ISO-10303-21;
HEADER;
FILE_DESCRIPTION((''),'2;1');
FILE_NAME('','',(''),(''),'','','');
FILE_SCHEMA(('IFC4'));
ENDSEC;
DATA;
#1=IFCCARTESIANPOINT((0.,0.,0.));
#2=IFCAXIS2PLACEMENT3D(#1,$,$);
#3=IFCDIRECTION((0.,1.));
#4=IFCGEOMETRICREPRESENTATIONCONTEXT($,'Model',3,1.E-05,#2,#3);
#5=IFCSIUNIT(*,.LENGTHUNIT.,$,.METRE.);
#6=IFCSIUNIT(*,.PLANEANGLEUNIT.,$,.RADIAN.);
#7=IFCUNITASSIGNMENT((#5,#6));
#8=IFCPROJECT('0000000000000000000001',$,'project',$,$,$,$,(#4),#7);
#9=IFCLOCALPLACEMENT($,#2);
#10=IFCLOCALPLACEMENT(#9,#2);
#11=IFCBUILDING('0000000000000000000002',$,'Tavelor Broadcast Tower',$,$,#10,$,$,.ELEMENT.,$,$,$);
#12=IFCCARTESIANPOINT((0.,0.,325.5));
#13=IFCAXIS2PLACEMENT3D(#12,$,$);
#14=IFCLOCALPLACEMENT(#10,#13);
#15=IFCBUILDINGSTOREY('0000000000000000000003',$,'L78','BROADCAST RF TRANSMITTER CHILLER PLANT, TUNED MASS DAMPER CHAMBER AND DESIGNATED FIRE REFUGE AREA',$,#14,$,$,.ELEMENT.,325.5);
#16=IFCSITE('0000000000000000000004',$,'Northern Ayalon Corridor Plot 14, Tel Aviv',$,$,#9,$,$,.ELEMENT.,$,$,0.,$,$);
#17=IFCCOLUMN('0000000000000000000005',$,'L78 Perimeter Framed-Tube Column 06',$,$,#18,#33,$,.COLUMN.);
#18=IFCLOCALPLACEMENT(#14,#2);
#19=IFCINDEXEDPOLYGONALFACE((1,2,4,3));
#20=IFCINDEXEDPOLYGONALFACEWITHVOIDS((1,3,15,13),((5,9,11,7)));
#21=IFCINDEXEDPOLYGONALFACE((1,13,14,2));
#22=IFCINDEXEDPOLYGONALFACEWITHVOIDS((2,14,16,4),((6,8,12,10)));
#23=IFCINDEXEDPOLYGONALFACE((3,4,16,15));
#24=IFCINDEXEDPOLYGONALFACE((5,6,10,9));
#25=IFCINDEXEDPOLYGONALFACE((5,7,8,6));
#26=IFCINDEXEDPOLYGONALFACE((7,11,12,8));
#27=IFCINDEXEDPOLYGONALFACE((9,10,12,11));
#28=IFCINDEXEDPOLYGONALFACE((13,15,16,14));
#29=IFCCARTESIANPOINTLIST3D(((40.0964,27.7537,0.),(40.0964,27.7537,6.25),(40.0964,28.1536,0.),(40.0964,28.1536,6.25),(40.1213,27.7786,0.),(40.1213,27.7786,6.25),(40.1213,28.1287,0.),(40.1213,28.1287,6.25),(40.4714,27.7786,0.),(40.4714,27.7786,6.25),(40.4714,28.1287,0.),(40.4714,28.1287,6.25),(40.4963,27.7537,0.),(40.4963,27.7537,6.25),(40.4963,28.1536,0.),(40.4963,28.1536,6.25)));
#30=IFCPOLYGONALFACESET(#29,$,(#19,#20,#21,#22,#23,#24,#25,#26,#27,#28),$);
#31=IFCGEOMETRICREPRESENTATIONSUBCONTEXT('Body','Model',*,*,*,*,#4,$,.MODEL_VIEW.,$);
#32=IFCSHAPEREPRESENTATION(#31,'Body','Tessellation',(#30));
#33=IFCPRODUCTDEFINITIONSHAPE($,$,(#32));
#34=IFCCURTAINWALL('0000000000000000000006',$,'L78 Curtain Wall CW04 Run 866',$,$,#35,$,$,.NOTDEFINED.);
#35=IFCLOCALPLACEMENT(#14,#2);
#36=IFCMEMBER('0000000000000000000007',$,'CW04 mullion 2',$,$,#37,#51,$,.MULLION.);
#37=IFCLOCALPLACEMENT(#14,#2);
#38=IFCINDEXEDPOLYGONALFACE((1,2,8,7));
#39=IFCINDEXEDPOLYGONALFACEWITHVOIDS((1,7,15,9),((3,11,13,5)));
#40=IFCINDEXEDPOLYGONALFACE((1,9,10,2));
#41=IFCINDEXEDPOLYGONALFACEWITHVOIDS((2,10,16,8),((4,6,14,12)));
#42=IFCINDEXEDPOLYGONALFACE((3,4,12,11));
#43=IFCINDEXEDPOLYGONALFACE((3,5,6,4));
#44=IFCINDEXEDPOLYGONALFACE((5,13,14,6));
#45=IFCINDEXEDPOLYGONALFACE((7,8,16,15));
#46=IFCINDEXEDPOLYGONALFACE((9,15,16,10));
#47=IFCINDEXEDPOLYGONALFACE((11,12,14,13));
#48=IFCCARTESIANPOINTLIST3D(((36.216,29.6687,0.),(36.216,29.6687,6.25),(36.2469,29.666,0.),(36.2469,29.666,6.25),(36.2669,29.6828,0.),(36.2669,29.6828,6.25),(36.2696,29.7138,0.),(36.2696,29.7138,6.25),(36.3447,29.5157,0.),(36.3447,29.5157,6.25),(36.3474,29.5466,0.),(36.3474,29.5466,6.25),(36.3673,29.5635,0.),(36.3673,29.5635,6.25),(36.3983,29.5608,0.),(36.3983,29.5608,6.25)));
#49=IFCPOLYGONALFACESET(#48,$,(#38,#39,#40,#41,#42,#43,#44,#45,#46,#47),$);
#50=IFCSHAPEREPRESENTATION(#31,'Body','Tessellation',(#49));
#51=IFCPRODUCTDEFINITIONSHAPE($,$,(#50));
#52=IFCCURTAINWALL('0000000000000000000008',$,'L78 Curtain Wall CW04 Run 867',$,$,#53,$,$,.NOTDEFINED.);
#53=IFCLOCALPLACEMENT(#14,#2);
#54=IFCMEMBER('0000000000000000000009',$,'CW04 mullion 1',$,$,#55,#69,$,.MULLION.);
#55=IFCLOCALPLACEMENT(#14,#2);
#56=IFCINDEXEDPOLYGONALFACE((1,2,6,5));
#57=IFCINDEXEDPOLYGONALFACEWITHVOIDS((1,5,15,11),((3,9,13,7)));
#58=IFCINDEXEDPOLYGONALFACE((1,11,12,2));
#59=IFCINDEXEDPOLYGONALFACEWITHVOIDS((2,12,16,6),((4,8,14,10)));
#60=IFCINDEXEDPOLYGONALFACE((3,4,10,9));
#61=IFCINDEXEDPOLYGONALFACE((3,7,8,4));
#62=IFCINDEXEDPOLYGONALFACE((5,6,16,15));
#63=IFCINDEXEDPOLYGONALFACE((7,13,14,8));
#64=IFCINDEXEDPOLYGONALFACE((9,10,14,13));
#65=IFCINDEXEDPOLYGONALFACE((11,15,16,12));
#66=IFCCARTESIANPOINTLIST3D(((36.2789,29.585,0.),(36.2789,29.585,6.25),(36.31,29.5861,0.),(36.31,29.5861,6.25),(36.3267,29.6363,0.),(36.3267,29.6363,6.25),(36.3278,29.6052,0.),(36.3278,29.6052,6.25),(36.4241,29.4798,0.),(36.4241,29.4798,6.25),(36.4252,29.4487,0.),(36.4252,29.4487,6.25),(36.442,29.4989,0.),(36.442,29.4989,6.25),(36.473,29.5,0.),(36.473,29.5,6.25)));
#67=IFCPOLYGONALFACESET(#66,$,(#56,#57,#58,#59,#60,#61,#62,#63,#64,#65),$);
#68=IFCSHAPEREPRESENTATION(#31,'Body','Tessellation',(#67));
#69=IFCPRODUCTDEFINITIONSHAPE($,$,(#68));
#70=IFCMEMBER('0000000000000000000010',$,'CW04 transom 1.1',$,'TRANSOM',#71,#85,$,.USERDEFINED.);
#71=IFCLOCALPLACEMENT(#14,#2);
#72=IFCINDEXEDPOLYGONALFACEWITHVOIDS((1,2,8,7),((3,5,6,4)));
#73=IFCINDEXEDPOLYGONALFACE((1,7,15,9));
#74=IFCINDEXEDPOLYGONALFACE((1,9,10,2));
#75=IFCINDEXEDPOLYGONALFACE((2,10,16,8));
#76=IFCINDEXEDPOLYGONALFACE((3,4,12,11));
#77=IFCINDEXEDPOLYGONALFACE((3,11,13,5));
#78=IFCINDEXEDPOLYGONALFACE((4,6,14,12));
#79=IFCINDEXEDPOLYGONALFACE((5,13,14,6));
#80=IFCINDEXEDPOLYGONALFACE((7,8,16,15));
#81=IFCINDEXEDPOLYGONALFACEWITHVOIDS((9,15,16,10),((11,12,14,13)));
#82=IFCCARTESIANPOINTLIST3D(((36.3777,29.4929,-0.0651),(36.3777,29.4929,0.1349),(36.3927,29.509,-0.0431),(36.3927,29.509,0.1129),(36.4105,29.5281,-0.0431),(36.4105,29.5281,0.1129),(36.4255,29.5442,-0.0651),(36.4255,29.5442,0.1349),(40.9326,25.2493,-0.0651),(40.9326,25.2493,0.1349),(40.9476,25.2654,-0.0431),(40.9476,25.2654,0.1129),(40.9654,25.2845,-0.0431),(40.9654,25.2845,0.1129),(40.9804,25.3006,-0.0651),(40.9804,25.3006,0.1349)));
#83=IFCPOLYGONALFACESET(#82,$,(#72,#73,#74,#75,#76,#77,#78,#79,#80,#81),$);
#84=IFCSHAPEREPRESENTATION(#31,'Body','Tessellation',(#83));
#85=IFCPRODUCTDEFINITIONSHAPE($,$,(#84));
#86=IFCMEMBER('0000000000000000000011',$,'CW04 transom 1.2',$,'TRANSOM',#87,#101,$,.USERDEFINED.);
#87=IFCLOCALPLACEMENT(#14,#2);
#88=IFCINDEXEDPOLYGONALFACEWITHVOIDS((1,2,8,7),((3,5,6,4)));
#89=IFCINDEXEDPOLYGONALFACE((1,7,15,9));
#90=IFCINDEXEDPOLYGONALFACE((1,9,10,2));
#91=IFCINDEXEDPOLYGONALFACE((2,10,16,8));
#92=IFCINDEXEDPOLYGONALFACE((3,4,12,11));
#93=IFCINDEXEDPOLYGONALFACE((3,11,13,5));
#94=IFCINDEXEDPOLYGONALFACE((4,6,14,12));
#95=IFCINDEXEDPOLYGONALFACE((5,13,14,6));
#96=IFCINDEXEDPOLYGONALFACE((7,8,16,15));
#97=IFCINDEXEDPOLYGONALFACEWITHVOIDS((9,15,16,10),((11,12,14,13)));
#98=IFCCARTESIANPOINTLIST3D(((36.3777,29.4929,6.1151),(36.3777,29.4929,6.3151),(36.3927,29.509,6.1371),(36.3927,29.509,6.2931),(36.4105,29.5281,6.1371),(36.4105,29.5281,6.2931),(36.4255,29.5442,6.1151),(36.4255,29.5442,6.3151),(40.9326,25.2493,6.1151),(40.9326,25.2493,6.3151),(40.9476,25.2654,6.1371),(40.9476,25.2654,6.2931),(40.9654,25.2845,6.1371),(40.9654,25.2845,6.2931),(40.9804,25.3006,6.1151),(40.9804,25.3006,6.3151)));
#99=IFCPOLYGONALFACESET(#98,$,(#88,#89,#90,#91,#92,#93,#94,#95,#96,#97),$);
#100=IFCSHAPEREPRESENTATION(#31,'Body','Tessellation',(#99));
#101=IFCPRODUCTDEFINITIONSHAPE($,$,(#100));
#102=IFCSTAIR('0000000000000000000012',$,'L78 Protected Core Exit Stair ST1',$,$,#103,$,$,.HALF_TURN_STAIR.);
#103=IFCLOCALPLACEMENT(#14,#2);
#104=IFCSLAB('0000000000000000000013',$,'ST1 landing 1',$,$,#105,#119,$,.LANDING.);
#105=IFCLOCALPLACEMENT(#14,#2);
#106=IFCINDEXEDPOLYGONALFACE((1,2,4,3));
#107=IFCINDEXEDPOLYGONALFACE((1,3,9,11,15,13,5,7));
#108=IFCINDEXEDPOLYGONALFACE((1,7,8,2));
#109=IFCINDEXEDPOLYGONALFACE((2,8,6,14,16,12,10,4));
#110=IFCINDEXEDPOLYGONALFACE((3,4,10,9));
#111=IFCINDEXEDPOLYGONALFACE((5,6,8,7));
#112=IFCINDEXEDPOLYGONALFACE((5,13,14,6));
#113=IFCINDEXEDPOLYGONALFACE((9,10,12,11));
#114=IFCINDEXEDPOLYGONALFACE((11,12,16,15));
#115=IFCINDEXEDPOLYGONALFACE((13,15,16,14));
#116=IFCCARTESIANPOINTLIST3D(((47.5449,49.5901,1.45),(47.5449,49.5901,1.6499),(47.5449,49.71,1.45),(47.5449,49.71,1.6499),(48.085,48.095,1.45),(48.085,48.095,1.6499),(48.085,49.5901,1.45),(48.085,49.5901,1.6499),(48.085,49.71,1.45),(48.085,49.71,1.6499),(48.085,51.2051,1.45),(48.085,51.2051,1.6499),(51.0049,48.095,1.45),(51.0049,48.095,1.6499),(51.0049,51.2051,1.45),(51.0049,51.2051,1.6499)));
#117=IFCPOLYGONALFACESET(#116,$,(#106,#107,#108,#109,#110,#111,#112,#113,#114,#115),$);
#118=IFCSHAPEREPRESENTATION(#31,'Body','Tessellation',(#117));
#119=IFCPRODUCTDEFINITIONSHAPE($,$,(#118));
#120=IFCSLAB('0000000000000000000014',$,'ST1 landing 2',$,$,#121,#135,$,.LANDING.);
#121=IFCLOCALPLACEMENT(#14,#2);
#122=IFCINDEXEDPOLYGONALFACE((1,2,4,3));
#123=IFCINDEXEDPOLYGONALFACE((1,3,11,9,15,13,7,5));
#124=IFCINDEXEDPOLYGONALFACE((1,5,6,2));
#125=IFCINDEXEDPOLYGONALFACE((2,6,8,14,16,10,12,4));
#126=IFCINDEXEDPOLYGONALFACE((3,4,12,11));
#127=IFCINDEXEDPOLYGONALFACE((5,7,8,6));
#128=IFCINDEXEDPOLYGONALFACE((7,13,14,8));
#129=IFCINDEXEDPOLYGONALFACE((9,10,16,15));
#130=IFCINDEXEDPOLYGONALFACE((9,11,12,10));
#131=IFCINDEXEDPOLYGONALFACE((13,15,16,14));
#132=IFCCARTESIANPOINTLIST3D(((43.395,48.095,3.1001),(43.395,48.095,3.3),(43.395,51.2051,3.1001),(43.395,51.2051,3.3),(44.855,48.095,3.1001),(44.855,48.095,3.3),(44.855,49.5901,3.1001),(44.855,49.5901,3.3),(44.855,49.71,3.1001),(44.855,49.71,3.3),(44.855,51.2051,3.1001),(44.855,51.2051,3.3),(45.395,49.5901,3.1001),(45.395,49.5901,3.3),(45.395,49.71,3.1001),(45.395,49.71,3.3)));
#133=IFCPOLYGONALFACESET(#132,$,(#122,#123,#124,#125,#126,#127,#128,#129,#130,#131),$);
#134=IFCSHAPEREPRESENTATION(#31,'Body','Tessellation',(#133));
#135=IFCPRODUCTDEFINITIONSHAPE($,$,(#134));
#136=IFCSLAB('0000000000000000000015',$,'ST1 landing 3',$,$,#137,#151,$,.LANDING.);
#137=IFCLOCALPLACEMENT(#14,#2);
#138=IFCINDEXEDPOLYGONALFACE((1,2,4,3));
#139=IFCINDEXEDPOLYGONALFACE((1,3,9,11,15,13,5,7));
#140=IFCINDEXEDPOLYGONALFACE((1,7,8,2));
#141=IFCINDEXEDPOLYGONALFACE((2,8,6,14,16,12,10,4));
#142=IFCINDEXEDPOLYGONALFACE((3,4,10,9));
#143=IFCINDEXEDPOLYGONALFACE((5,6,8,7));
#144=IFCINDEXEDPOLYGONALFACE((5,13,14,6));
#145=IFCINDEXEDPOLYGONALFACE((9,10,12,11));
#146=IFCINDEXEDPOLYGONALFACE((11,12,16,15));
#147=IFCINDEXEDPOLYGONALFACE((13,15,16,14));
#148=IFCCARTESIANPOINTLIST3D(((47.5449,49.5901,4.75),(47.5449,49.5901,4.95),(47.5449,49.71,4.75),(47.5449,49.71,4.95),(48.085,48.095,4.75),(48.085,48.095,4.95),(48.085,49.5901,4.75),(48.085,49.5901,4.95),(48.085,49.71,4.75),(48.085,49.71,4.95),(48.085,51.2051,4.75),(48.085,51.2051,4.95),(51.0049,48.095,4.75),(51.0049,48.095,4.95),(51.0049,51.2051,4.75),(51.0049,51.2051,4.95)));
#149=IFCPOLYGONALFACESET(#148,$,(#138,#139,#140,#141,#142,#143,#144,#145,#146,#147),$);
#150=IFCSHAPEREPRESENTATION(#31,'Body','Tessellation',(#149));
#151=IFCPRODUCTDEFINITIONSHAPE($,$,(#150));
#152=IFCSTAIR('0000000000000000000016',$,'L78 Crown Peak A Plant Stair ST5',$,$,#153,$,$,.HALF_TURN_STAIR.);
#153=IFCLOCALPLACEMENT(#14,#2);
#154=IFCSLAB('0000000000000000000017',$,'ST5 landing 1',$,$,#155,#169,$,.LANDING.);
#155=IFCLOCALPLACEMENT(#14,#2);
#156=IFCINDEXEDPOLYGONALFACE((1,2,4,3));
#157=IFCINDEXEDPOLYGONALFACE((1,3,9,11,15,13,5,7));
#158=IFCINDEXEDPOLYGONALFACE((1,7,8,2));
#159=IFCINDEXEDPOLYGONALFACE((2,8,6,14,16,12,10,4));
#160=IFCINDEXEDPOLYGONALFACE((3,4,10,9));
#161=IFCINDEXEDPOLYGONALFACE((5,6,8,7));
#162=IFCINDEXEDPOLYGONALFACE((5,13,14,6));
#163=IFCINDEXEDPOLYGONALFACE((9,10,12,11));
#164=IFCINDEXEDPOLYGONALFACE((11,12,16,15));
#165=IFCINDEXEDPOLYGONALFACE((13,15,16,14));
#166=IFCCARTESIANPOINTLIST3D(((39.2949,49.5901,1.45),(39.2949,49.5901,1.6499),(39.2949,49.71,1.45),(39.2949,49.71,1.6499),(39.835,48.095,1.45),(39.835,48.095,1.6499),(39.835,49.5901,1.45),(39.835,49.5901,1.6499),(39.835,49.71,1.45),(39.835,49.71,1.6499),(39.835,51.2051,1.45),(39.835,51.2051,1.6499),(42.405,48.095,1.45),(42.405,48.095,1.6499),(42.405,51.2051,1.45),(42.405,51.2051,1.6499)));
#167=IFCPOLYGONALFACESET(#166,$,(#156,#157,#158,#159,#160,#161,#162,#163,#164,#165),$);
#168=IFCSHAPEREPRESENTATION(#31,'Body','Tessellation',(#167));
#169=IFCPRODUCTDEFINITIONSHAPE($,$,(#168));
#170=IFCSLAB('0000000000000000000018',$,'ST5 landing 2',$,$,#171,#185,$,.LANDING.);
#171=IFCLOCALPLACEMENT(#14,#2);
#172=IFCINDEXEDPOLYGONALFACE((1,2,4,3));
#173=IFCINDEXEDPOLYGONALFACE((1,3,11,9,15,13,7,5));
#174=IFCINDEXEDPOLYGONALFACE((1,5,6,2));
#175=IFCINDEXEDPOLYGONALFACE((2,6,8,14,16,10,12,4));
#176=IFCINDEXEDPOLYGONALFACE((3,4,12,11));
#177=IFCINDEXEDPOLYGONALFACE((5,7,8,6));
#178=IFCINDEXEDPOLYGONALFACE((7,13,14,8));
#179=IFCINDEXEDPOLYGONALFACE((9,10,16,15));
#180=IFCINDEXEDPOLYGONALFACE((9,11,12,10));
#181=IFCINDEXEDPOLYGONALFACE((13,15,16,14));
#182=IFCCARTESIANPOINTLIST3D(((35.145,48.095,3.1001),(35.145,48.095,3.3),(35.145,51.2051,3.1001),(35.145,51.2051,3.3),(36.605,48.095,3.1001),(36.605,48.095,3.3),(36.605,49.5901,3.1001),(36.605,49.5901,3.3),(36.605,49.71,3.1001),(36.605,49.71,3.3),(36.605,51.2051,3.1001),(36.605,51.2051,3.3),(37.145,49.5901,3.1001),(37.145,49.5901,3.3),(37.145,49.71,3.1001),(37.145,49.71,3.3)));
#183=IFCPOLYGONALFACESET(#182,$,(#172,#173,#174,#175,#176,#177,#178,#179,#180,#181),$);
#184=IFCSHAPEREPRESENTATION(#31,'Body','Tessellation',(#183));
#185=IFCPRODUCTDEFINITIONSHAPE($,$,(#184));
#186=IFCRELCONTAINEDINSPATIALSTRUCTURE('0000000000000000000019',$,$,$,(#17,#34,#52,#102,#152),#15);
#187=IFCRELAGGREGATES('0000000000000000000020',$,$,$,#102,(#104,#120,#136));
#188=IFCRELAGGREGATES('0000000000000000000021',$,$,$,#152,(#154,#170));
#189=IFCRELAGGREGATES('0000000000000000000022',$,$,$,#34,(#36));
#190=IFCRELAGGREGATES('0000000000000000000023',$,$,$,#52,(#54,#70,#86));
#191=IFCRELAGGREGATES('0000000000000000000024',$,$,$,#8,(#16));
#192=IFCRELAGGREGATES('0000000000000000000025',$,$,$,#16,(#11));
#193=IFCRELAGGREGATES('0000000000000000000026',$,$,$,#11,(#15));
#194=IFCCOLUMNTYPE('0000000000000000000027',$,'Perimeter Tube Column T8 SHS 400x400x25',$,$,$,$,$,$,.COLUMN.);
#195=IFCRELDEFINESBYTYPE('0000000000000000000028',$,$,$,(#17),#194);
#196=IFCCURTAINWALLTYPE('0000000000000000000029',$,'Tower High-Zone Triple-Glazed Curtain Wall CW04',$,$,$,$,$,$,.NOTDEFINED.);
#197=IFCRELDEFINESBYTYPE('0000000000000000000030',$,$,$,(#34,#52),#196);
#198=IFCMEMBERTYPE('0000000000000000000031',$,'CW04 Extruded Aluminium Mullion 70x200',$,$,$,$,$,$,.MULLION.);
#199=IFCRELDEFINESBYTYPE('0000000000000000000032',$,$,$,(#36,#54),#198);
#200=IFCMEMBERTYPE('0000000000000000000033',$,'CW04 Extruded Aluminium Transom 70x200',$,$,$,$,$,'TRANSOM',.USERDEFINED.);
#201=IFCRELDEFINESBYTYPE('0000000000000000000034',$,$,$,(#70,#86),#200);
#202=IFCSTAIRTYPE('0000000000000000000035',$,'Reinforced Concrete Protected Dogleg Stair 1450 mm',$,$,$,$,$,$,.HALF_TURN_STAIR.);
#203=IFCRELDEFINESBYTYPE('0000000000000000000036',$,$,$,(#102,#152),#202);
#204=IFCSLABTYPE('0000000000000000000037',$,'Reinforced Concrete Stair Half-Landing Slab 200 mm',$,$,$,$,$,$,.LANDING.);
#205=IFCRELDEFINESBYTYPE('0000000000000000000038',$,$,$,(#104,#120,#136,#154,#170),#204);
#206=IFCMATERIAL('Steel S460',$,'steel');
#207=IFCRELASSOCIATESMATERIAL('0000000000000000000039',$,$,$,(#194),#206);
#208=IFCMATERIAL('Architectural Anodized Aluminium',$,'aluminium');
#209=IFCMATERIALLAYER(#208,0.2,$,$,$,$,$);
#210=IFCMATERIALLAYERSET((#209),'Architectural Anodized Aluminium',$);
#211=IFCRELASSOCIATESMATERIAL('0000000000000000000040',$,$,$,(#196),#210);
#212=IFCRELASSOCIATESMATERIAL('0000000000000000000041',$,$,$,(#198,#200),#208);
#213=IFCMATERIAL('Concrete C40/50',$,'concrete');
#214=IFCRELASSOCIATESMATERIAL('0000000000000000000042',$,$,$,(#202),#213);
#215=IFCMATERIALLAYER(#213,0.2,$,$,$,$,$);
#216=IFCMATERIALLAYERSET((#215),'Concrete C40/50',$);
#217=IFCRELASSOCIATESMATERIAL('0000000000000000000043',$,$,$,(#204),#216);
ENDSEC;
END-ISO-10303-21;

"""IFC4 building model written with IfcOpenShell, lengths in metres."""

from ifc_helpers import new_model, si_unit, direction, frame, origin, origin_2d, place, context, subcontext, project, spatial, polyline, hollow_rectangle, outline, extrude, source, transform, mapped, material, layer, layer_set, material_profile, profile_set, type_object, type_shapes, element, aggregate, save


model = new_model("IFC4")

# Units and contexts
model_context = context("Model", 3, precision=1e-05, world=origin(), true_north=direction((0.0, 1.0)))
body_context = subcontext(model_context, "Body", "Model", "MODEL_VIEW")
ifc_project = project(units=[si_unit("LENGTHUNIT", "METRE"), si_unit("PLANEANGLEUNIT", "RADIAN")], contexts=[model_context])

# Site, building, storey
site_placement = place(None, origin())
site = spatial("IfcSite", under=ifc_project, at=site_placement, Name="Northern Ayalon Corridor Plot 14, Tel Aviv", CompositionType="ELEMENT", RefElevation=0.0)
building_placement = place(site_placement, origin())
building = spatial("IfcBuilding", under=site, at=building_placement, Name="Tavelor Broadcast Tower", CompositionType="ELEMENT")
storey_placement = place(building_placement, frame((0.0, 0.0, 325.5)))
storey = spatial("IfcBuildingStorey", under=building, at=storey_placement, Name="L78", Description="BROADCAST RF TRANSMITTER CHILLER PLANT, TUNED MASS DAMPER CHAMBER AND DESIGNATED FIRE REFUGE AREA", CompositionType="ELEMENT", Elevation=325.5)

# Column
ifc_material_1 = material(Name="Steel S460", Category="steel")
ifc_material_profile_1 = material_profile(ifc_material_1, hollow_rectangle(XDim=0.3999, YDim=0.3999, WallThickness=0.0249, at=origin_2d()), Name="SHS 400x400x25")
ifc_profile_set_1 = profile_set([ifc_material_profile_1], Name="Steel S460")
column_type = type_object("IfcColumnType", Name="Perimeter Tube Column T8 SHS 400x400x25", PredefinedType="COLUMN", material=ifc_profile_set_1)
column_placement = place(storey_placement, frame((40.2964, 27.9536, 0.0), z_axis=(0.0, 0.0, 1.0), x_axis=(1.0, 0.0, 0.0)))
element("IfcColumn", 1, at=column_placement, inside=storey, type_object=column_type, Name="L78 Perimeter Framed-Tube Column 06", PredefinedType="COLUMN", context=body_context, shape_type="SweptSolid", body=[
    extrude(hollow_rectangle(XDim=0.3999, YDim=0.3999, WallThickness=0.0249, at=origin_2d()), origin(), (0.0, 0.0, 1.0), 6.25),
])

# Curtain wall, member
ifc_material_2 = material(Name="Architectural Anodized Aluminium", Category="aluminium")
ifc_layer_1 = layer(ifc_material_2, 0.2)
ifc_layer_set_1 = layer_set([ifc_layer_1], Name="Architectural Anodized Aluminium")
curtain_wall_type = type_object("IfcCurtainWallType", Name="Tower High-Zone Triple-Glazed Curtain Wall CW04", PredefinedType="NOTDEFINED", material=ifc_layer_set_1)
curtain_wall_1_placement = place(storey_placement, origin())
curtain_wall_1 = element("IfcCurtainWall", 2, at=curtain_wall_1_placement, inside=storey, type_object=curtain_wall_type, Name="L78 Curtain Wall CW04 Run 866", PredefinedType="NOTDEFINED")
ifc_material_profile_2 = material_profile(ifc_material_2, hollow_rectangle(XDim=0.0701, YDim=0.2, WallThickness=0.022, at=origin_2d()), Name="RHS 70x200x22")
ifc_profile_set_2 = profile_set([ifc_material_profile_2], Name="Architectural Anodized Aluminium")
member_type_1 = type_object("IfcMemberType", Name="CW04 Extruded Aluminium Mullion 70x200", PredefinedType="MULLION", material=ifc_profile_set_2)
shared_shape_1 = source(origin(), body_context, "Body", "SweptSolid", [
    extrude(hollow_rectangle(XDim=0.0701, YDim=0.2, WallThickness=0.022, at=origin_2d()), origin(), (0.0, 0.0, 1.0), 6.25),
])
type_shapes(member_type_1, [shared_shape_1])
member_1_placement = place(storey_placement, frame((36.3071, 29.6147, 0.0), z_axis=(0.0, 0.0, 1.0), x_axis=(0.765198, 0.643795, 0.0)))
member_1 = element("IfcMember", 3, at=member_1_placement, type_object=member_type_1, Name="CW04 mullion 2", PredefinedType="MULLION", context=body_context, shape_type="MappedRepresentation", body=[
    mapped(shared_shape_1, transform((0.0, 0.0, 0.0), scale=1.0)),
])

# Curtain wall, members
curtain_wall_2_placement = place(storey_placement, origin())
curtain_wall_2 = element("IfcCurtainWall", 4, at=curtain_wall_2_placement, inside=storey, type_object=curtain_wall_type, Name="L78 Curtain Wall CW04 Run 867", PredefinedType="NOTDEFINED")
member_2_placement = place(storey_placement, frame((36.376, 29.5425, 0.0), z_axis=(0.0, 0.0, 1.0), x_axis=(0.681663, 0.731667, 0.0)))
member_2 = element("IfcMember", 5, at=member_2_placement, type_object=member_type_1, Name="CW04 mullion 1", PredefinedType="MULLION", context=body_context, shape_type="MappedRepresentation", body=[
    mapped(shared_shape_1, transform((0.0, 0.0, 0.0), scale=1.0)),
])
ifc_material_profile_3 = material_profile(ifc_material_2, hollow_rectangle(XDim=0.0701, YDim=0.2, WallThickness=0.022, at=origin_2d()), Name="RHS 70x200x22")
ifc_profile_set_3 = profile_set([ifc_material_profile_3], Name="Architectural Anodized Aluminium")
member_type_2 = type_object("IfcMemberType", Name="CW04 Extruded Aluminium Transom 70x200", ElementType="TRANSOM", PredefinedType="USERDEFINED", material=ifc_profile_set_3)
shared_shape_2 = source(origin(), body_context, "Body", "SweptSolid", [
    extrude(hollow_rectangle(XDim=0.0701, YDim=0.2, WallThickness=0.022, at=origin_2d()), origin(), (0.0, 0.0, 1.0), 6.2253),
])
type_shapes(member_type_2, [shared_shape_2])
member_3_placement = place(storey_placement, frame((36.4016, 29.5186, 0.0349), z_axis=(0.731665, -0.681664, 0.0), x_axis=(0.681664, 0.731665, 0.0)))
member_3 = element("IfcMember", 6, at=member_3_placement, type_object=member_type_2, Name="CW04 transom 1.1", ObjectType="TRANSOM", PredefinedType="USERDEFINED", context=body_context, shape_type="MappedRepresentation", body=[
    mapped(shared_shape_2, transform((0.0, 0.0, 0.0), scale=1.0)),
])
member_4_placement = place(storey_placement, frame((36.4016, 29.5186, 6.2151), z_axis=(0.731665, -0.681664, 0.0), x_axis=(0.681664, 0.731665, 0.0)))
member_4 = element("IfcMember", 7, at=member_4_placement, type_object=member_type_2, Name="CW04 transom 1.2", ObjectType="TRANSOM", PredefinedType="USERDEFINED", context=body_context, shape_type="MappedRepresentation", body=[
    mapped(shared_shape_2, transform((0.0, 0.0, 0.0), scale=1.0)),
])

# Stairs, slabs
ifc_material_3 = material(Name="Concrete C40/50", Category="concrete")
stair_type = type_object("IfcStairType", Name="Reinforced Concrete Protected Dogleg Stair 1450 mm", PredefinedType="HALF_TURN_STAIR", material=ifc_material_3)
stair_1_placement = place(storey_placement, origin())
stair_1 = element("IfcStair", 8, at=stair_1_placement, inside=storey, type_object=stair_type, Name="L78 Protected Core Exit Stair ST1", PredefinedType="HALF_TURN_STAIR")
ifc_layer_2 = layer(ifc_material_3, 0.2)
ifc_layer_set_2 = layer_set([ifc_layer_2], Name="Concrete C40/50")
slab_type_1 = type_object("IfcSlabType", Name="Reinforced Concrete Stair Half-Landing Slab 200 mm", PredefinedType="LANDING", material=ifc_layer_set_2)
slab_1_placement = place(storey_placement, frame((0.0, 0.0, 1.45)))
slab_1 = element("IfcSlab", 9, at=slab_1_placement, type_object=slab_type_1, Name="ST1 landing 1", PredefinedType="LANDING", context=body_context, shape_type="SweptSolid", body=[
    extrude(outline(polyline([(48.085, 49.5901), (48.085, 48.095), (51.0049, 48.095), (51.0049, 51.2051), (48.085, 51.2051), (48.085, 49.71), (47.5449, 49.71), (47.5449, 49.5901), (48.085, 49.5901)])), origin(), (0.0, 0.0, 1.0), 0.2),
])
slab_2_placement = place(storey_placement, frame((0.0, 0.0, 3.1001)))
slab_2 = element("IfcSlab", 10, at=slab_2_placement, type_object=slab_type_1, Name="ST1 landing 2", PredefinedType="LANDING", context=body_context, shape_type="SweptSolid", body=[
    extrude(outline(polyline([(43.395, 48.095), (44.855, 48.095), (44.855, 49.5901), (45.395, 49.5901), (45.395, 49.71), (44.855, 49.71), (44.855, 51.2051), (43.395, 51.2051), (43.395, 48.095)])), origin(), (0.0, 0.0, 1.0), 0.2),
])
slab_3_placement = place(storey_placement, frame((0.0, 0.0, 4.75)))
slab_3 = element("IfcSlab", 11, at=slab_3_placement, type_object=slab_type_1, Name="ST1 landing 3", PredefinedType="LANDING", context=body_context, shape_type="SweptSolid", body=[
    extrude(outline(polyline([(48.085, 49.5901), (48.085, 48.095), (51.0049, 48.095), (51.0049, 51.2051), (48.085, 51.2051), (48.085, 49.71), (47.5449, 49.71), (47.5449, 49.5901), (48.085, 49.5901)])), origin(), (0.0, 0.0, 1.0), 0.2),
])
aggregate(stair_1, [slab_1, slab_2, slab_3])
stair_2_placement = place(storey_placement, origin())
stair_2 = element("IfcStair", 12, at=stair_2_placement, inside=storey, type_object=stair_type, Name="L78 Crown Peak A Plant Stair ST5", PredefinedType="HALF_TURN_STAIR")
slab_4_placement = place(storey_placement, frame((0.0, 0.0, 1.45)))
slab_4 = element("IfcSlab", 13, at=slab_4_placement, type_object=slab_type_1, Name="ST5 landing 1", PredefinedType="LANDING", context=body_context, shape_type="SweptSolid", body=[
    extrude(outline(polyline([(39.835, 49.5901), (39.835, 48.095), (42.405, 48.095), (42.405, 51.2051), (39.835, 51.2051), (39.835, 49.71), (39.2949, 49.71), (39.2949, 49.5901), (39.835, 49.5901)])), origin(), (0.0, 0.0, 1.0), 0.2),
])
slab_5_placement = place(storey_placement, frame((0.0, 0.0, 3.1001)))
slab_5 = element("IfcSlab", 14, at=slab_5_placement, type_object=slab_type_1, Name="ST5 landing 2", PredefinedType="LANDING", context=body_context, shape_type="SweptSolid", body=[
    extrude(outline(polyline([(35.145, 48.095), (36.605, 48.095), (36.605, 49.5901), (37.145, 49.5901), (37.145, 49.71), (36.605, 49.71), (36.605, 51.2051), (35.145, 51.2051), (35.145, 48.095)])), origin(), (0.0, 0.0, 1.0), 0.2),
])
aggregate(stair_2, [slab_4, slab_5])

aggregate(curtain_wall_1, [member_1])
aggregate(curtain_wall_2, [member_2, member_3, member_4])

save(model, "model.ifc")
